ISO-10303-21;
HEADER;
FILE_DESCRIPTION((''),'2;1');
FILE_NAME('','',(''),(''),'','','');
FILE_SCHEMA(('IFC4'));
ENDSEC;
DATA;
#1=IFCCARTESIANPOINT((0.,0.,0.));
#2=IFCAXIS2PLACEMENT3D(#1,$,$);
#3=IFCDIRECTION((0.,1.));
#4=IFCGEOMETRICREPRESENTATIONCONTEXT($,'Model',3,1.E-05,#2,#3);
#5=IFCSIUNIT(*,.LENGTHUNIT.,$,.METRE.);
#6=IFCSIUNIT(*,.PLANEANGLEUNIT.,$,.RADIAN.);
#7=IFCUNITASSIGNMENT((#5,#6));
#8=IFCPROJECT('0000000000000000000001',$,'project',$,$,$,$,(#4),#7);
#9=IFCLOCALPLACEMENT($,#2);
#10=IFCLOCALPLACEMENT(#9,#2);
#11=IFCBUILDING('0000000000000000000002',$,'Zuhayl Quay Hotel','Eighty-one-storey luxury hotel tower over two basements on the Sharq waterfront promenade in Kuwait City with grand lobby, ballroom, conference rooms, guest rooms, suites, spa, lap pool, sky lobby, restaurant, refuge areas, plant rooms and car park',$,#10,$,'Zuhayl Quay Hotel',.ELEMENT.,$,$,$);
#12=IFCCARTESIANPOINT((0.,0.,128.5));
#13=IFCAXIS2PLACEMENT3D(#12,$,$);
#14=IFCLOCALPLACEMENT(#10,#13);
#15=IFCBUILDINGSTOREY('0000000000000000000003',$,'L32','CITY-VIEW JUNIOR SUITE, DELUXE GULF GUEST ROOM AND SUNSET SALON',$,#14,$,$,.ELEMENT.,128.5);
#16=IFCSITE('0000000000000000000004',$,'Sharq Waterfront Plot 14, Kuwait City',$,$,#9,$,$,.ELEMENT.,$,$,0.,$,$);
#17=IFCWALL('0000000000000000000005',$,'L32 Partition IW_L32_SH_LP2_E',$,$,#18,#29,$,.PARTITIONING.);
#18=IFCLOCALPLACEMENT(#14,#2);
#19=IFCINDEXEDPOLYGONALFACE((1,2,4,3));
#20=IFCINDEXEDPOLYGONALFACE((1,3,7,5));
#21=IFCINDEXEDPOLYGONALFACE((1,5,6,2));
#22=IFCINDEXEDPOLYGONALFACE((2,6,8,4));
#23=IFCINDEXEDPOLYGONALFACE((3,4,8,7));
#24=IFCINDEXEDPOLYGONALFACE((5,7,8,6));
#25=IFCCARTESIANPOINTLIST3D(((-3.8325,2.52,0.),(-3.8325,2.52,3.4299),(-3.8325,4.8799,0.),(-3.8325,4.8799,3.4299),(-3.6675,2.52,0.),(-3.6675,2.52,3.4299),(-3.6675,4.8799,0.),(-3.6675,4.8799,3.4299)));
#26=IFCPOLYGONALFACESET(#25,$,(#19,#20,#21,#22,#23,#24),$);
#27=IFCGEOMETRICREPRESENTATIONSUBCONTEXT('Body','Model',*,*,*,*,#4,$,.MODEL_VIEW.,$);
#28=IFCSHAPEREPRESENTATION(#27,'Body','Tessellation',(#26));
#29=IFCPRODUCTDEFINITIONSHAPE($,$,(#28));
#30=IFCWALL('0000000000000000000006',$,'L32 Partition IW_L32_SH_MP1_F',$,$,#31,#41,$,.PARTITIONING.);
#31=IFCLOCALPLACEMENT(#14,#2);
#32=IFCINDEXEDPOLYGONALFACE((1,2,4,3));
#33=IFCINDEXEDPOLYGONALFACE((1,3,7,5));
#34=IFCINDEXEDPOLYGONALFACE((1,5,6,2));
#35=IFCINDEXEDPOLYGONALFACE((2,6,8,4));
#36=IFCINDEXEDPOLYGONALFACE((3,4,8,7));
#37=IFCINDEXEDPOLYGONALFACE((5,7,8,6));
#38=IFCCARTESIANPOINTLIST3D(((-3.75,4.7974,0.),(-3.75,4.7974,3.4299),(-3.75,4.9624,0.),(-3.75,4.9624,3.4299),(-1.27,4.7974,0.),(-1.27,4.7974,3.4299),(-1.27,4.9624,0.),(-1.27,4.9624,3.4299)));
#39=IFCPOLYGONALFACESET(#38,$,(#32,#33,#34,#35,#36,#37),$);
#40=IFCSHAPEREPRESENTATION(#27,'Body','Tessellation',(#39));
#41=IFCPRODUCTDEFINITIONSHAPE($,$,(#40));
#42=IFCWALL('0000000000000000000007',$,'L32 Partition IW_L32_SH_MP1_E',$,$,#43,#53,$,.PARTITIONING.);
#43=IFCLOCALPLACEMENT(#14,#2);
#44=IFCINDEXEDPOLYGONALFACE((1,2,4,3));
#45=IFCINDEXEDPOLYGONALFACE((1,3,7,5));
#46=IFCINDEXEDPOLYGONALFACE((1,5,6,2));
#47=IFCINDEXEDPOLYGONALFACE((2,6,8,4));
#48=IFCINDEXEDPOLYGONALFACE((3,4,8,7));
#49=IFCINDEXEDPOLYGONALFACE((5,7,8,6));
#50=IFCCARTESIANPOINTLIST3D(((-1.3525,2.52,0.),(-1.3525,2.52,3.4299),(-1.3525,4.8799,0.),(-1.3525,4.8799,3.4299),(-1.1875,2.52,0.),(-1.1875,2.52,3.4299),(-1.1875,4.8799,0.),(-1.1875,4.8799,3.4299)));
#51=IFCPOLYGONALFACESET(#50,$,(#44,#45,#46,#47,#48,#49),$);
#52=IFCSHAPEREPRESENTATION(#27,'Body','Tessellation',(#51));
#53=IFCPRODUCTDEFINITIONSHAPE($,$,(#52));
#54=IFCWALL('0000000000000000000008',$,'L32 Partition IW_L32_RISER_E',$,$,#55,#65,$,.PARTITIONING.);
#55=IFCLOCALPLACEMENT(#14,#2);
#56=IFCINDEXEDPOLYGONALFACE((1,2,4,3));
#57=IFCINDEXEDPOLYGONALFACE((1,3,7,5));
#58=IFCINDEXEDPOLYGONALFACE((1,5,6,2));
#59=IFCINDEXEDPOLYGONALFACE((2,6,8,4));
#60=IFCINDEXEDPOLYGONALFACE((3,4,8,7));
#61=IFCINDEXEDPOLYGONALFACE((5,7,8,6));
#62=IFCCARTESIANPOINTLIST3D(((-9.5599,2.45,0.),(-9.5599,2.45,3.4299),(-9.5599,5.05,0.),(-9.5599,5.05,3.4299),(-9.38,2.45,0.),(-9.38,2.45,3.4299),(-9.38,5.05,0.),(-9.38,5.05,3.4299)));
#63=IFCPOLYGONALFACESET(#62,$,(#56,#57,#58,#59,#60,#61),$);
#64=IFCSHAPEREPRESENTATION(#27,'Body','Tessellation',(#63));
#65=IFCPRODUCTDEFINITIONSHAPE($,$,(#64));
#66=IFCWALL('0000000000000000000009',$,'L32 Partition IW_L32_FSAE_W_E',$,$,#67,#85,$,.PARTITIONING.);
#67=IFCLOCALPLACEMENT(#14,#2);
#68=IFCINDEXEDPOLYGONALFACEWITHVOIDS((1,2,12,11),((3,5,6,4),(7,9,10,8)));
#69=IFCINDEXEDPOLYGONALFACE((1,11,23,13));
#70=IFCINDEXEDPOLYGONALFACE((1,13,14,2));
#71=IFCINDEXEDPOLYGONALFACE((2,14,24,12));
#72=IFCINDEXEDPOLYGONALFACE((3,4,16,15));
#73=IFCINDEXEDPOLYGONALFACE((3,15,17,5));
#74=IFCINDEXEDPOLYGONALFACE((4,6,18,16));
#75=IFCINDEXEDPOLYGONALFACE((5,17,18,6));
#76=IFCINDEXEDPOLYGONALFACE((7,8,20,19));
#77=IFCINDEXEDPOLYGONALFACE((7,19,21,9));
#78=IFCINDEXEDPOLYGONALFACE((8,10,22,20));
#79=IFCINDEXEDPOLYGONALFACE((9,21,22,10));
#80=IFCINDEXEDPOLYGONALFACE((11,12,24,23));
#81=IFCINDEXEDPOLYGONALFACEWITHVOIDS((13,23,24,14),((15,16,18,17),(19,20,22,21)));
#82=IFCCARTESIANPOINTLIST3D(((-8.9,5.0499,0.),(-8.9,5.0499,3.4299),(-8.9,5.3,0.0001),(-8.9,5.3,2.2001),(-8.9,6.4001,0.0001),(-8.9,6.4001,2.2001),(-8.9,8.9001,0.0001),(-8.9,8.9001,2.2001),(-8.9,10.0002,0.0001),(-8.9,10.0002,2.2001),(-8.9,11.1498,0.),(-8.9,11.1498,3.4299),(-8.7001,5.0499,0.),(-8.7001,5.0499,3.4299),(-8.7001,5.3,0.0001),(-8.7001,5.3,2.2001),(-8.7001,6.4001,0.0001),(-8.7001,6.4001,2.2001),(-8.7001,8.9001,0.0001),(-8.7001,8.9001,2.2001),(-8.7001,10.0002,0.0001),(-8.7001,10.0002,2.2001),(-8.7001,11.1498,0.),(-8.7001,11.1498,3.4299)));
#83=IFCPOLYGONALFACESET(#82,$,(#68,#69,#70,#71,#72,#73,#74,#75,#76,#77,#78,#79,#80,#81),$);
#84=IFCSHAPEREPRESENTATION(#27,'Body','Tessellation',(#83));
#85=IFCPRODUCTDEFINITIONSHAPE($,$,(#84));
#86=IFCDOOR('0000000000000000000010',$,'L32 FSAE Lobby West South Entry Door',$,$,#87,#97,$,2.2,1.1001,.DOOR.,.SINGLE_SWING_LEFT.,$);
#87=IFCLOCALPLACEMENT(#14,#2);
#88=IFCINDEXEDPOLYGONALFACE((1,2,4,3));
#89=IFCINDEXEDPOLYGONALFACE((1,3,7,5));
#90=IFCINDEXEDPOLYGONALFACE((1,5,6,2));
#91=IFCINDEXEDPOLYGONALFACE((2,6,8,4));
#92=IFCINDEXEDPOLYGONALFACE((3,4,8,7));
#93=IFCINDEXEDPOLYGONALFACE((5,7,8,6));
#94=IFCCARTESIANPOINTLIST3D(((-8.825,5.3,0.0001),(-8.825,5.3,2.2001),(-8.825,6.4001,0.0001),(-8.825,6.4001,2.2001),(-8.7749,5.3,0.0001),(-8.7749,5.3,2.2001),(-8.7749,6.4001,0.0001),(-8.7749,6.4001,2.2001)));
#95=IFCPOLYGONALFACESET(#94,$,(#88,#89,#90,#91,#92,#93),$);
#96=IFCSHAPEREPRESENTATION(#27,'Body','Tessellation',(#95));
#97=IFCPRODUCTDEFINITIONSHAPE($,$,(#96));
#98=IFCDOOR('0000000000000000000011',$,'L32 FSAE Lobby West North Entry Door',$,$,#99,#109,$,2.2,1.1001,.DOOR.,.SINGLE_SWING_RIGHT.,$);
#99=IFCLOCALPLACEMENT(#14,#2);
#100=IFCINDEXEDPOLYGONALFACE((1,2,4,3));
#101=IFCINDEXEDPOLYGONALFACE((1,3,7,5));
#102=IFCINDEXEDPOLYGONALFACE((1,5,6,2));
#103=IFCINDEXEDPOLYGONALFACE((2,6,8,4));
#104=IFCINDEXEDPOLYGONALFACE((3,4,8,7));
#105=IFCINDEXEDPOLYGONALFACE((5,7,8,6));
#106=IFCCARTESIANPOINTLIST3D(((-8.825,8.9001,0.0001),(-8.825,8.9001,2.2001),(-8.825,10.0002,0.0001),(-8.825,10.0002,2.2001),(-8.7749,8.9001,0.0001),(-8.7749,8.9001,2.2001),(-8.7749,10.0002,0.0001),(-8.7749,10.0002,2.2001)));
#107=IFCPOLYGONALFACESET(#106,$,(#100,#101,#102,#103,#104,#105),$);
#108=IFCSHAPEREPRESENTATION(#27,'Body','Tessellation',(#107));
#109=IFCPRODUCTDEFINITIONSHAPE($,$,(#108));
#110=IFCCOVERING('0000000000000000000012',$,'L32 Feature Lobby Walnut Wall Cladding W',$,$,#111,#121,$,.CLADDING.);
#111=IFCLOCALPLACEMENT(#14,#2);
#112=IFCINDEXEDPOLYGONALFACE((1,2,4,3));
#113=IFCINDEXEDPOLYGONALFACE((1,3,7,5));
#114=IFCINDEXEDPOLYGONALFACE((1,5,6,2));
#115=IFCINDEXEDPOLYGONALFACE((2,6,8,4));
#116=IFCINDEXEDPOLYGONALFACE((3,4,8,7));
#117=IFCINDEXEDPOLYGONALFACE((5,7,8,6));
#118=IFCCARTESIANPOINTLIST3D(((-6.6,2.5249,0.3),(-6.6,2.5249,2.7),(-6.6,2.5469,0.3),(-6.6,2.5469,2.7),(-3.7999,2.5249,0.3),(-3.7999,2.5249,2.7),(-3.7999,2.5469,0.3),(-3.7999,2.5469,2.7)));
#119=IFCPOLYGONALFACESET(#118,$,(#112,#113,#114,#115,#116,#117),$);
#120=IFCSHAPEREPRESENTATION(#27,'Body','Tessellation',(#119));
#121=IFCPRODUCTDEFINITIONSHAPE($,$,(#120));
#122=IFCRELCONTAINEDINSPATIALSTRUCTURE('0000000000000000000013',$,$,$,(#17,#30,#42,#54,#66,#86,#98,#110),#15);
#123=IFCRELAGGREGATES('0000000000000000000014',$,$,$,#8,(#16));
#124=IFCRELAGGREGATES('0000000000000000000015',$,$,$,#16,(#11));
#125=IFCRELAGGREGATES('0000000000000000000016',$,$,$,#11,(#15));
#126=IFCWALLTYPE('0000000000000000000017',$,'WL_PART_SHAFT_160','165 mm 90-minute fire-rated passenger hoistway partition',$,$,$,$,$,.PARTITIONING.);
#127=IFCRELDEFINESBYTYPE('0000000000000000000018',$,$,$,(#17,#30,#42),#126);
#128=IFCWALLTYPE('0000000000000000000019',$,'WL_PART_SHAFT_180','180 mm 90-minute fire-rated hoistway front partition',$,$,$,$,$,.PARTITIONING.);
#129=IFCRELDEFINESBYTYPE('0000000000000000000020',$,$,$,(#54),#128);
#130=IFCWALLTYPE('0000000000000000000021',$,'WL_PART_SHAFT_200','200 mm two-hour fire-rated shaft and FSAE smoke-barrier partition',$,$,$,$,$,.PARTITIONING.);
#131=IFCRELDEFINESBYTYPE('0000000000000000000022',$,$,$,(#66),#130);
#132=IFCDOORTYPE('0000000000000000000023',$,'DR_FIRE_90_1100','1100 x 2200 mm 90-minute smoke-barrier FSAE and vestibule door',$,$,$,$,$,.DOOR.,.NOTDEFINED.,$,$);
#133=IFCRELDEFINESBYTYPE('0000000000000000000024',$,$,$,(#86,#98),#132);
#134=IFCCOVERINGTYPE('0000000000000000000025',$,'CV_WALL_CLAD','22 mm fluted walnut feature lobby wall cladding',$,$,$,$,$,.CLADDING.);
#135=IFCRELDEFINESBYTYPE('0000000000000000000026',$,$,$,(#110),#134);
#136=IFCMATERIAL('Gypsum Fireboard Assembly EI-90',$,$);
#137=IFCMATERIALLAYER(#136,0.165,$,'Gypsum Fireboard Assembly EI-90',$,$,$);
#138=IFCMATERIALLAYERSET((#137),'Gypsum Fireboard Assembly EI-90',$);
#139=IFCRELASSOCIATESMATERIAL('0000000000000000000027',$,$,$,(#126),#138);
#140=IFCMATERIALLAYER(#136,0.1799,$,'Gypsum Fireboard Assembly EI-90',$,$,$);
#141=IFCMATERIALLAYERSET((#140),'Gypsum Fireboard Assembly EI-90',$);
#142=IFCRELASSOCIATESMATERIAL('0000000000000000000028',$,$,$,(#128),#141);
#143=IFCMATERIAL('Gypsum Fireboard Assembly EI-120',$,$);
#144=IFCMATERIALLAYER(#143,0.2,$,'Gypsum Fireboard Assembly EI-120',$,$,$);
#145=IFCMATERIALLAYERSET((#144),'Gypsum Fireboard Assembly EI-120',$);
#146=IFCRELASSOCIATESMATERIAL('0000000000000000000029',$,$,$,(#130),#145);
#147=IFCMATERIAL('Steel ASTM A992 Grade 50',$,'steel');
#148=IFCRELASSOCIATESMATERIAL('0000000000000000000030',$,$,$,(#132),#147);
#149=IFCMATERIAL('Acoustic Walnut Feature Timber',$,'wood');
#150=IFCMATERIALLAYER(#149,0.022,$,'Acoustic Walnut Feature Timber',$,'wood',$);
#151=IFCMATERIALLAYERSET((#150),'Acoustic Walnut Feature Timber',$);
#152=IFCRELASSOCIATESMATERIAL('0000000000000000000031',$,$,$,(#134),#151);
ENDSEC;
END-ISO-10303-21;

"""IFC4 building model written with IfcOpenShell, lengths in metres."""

from ifc_helpers import new_model, si_unit, direction, frame, frame_2d, origin, origin_2d, place, context, subcontext, project, spatial, rectangle, extrude, material, layer, layer_set, type_object, element, fill, save


model = new_model("IFC4")

# Units and contexts
model_context = context("Model", 3, precision=1e-05, world=origin(), true_north=direction((0.0, 1.0)))
body_context = subcontext(model_context, "Body", "Model", "MODEL_VIEW")
ifc_project = project(units=[si_unit("LENGTHUNIT", "METRE"), si_unit("PLANEANGLEUNIT", "RADIAN")], contexts=[model_context])

# Site, building, storey
site_placement = place(None, origin())
site = spatial("IfcSite", under=ifc_project, at=site_placement, Name="Sharq Waterfront Plot 14, Kuwait City", CompositionType="ELEMENT", RefElevation=0.0)
building_placement = place(site_placement, origin())
building = spatial("IfcBuilding", under=site, at=building_placement, Name="Zuhayl Quay Hotel", Description="Eighty-one-storey luxury hotel tower over two basements on the Sharq waterfront promenade in Kuwait City with grand lobby, ballroom, conference rooms, guest rooms, suites, spa, lap pool, sky lobby, restaurant, refuge areas, plant rooms and car park", LongName="Zuhayl Quay Hotel", CompositionType="ELEMENT")
storey_placement = place(building_placement, frame((0.0, 0.0, 128.5)))
storey = spatial("IfcBuildingStorey", under=building, at=storey_placement, Name="L32", Description="CITY-VIEW JUNIOR SUITE, DELUXE GULF GUEST ROOM AND SUNSET SALON", CompositionType="ELEMENT", Elevation=128.5)

# Shared definitions
ifc_material_1 = material(Name="Steel ASTM A992 Grade 50", Category="steel")

# Shared definitions
ifc_material_2 = material(Name="Gypsum Fireboard Assembly EI-90")
ifc_layer_1 = layer(ifc_material_2, 0.165, Name="Gypsum Fireboard Assembly EI-90")
ifc_layer_set_1 = layer_set([ifc_layer_1], Name="Gypsum Fireboard Assembly EI-90")
wall_type_1 = type_object("IfcWallType", Name="WL_PART_SHAFT_160", Description="165 mm 90-minute fire-rated passenger hoistway partition", PredefinedType="PARTITIONING", material=ifc_layer_set_1)

# Walls
for number, where, z_axis, x_axis, name in (
    (1, (-3.75, 2.52, 0.0), (0.0, 0.0, 1.0), (0.0, 1.0, 0.0), "L32 Partition IW_L32_SH_LP2_E"),
):
    element("IfcWall", number, at=place(storey_placement, frame(where, z_axis=z_axis, x_axis=x_axis)), inside=storey, type_object=wall_type_1, Name=name, PredefinedType="PARTITIONING", context=body_context, shape_type="SweptSolid", body=[
        extrude(rectangle(XDim=2.3599, YDim=0.165, at=frame_2d((1.1799, 0.0))), origin(), (0.0, 0.0, 1.0), 3.4299),
    ])
wall_1_placement = place(storey_placement, frame((-3.75, 4.8799, 0.0), z_axis=(0.0, 0.0, 1.0), x_axis=(1.0, 0.0, 0.0)))
element("IfcWall", 2, at=wall_1_placement, inside=storey, type_object=wall_type_1, Name="L32 Partition IW_L32_SH_MP1_F", PredefinedType="PARTITIONING", context=body_context, shape_type="SweptSolid", body=[
    extrude(rectangle(XDim=2.48, YDim=0.165, at=frame_2d((1.24, 0.0))), origin(), (0.0, 0.0, 1.0), 3.4299),
])
wall_2_placement = place(storey_placement, frame((-1.27, 2.52, 0.0), z_axis=(0.0, 0.0, 1.0), x_axis=(0.0, 1.0, 0.0)))
element("IfcWall", 3, at=wall_2_placement, inside=storey, type_object=wall_type_1, Name="L32 Partition IW_L32_SH_MP1_E", PredefinedType="PARTITIONING", context=body_context, shape_type="SweptSolid", body=[
    extrude(rectangle(XDim=2.3599, YDim=0.165, at=frame_2d((1.1799, 0.0))), origin(), (0.0, 0.0, 1.0), 3.4299),
])
ifc_layer_2 = layer(ifc_material_2, 0.1799, Name="Gypsum Fireboard Assembly EI-90")
ifc_layer_set_2 = layer_set([ifc_layer_2], Name="Gypsum Fireboard Assembly EI-90")
wall_type_2 = type_object("IfcWallType", Name="WL_PART_SHAFT_180", Description="180 mm 90-minute fire-rated hoistway front partition", PredefinedType="PARTITIONING", material=ifc_layer_set_2)
wall_3_placement = place(storey_placement, frame((-9.47, 2.45, 0.0), z_axis=(0.0, 0.0, 1.0), x_axis=(0.0, 1.0, 0.0)))
element("IfcWall", 4, at=wall_3_placement, inside=storey, type_object=wall_type_2, Name="L32 Partition IW_L32_RISER_E", PredefinedType="PARTITIONING", context=body_context, shape_type="SweptSolid", body=[
    extrude(rectangle(XDim=2.6001, YDim=0.1799, at=frame_2d((1.3, 0.0))), origin(), (0.0, 0.0, 1.0), 3.4299),
])

# Wall, openings, doors
ifc_material_3 = material(Name="Gypsum Fireboard Assembly EI-120")
ifc_layer_3 = layer(ifc_material_3, 0.2, Name="Gypsum Fireboard Assembly EI-120")
ifc_layer_set_3 = layer_set([ifc_layer_3], Name="Gypsum Fireboard Assembly EI-120")
wall_type_3 = type_object("IfcWallType", Name="WL_PART_SHAFT_200", Description="200 mm two-hour fire-rated shaft and FSAE smoke-barrier partition", PredefinedType="PARTITIONING", material=ifc_layer_set_3)
wall_4_placement = place(storey_placement, frame((-8.8, 5.05, 0.0), z_axis=(0.0, 0.0, 1.0), x_axis=(0.0, 1.0, 0.0)))
wall_4 = element("IfcWall", 5, at=wall_4_placement, inside=storey, type_object=wall_type_3, Name="L32 Partition IW_L32_FSAE_W_E", PredefinedType="PARTITIONING", context=body_context, shape_type="SweptSolid", body=[
    extrude(rectangle(XDim=6.0999, YDim=0.2, at=frame_2d((3.0498, 0.0))), origin(), (0.0, 0.0, 1.0), 3.4299),
])
opening_1_placement = place(wall_4_placement, frame((0.25, 0.0, 0.0)))
opening_1 = element("IfcOpeningElement", 6, at=opening_1_placement, cuts=wall_4, PredefinedType="OPENING", context=body_context, shape_type="SweptSolid", body=[
    extrude(rectangle(XDim=1.1001, YDim=2.2, at=frame_2d((0.55, 1.1001))), frame((0.0, 0.1099, 0.0), z_axis=(0.0, -1.0, 0.0), x_axis=(1.0, 0.0, 0.0)), (0.0, 0.0, 1.0), 0.22),
])
opening_2_placement = place(wall_4_placement, frame((3.8501, 0.0, 0.0)))
opening_2 = element("IfcOpeningElement", 7, at=opening_2_placement, cuts=wall_4, PredefinedType="OPENING", context=body_context, shape_type="SweptSolid", body=[
    extrude(rectangle(XDim=1.1001, YDim=2.2, at=frame_2d((0.55, 1.1001))), frame((0.0, 0.1099, 0.0), z_axis=(0.0, -1.0, 0.0), x_axis=(1.0, 0.0, 0.0)), (0.0, 0.0, 1.0), 0.22),
])
door_type_1 = type_object("IfcDoorType", Name="DR_FIRE_90_1100", Description="1100 x 2200 mm 90-minute smoke-barrier FSAE and vestibule door", OperationType="NOTDEFINED", PredefinedType="DOOR", material=ifc_material_1)
door_1_placement = place(opening_1_placement, origin())
door_1 = element("IfcDoor", 8, at=door_1_placement, inside=storey, type_object=door_type_1, Name="L32 FSAE Lobby West South Entry Door", OperationType="SINGLE_SWING_LEFT", OverallHeight=2.2, OverallWidth=1.1001, PredefinedType="DOOR", context=body_context, shape_type="SweptSolid", body=[
    extrude(rectangle(XDim=1.1001, YDim=2.2, at=frame_2d((0.55, 1.1001))), frame((0.0, 0.0249, 0.0), z_axis=(0.0, -1.0, 0.0), x_axis=(1.0, 0.0, 0.0)), (0.0, 0.0, 1.0), 0.05),
])
fill(opening_1, door_1)
door_2_placement = place(opening_2_placement, origin())
door_2 = element("IfcDoor", 9, at=door_2_placement, inside=storey, type_object=door_type_1, Name="L32 FSAE Lobby West North Entry Door", OperationType="SINGLE_SWING_RIGHT", OverallHeight=2.2, OverallWidth=1.1001, PredefinedType="DOOR", context=body_context, shape_type="SweptSolid", body=[
    extrude(rectangle(XDim=1.1001, YDim=2.2, at=frame_2d((0.55, 1.1001))), frame((0.0, 0.0249, 0.0), z_axis=(0.0, -1.0, 0.0), x_axis=(1.0, 0.0, 0.0)), (0.0, 0.0, 1.0), 0.05),
])
fill(opening_2, door_2)

# Covering
ifc_material_4 = material(Name="Acoustic Walnut Feature Timber", Category="wood")
ifc_layer_4 = layer(ifc_material_4, 0.022, Name="Acoustic Walnut Feature Timber", Category="wood")
ifc_layer_set_4 = layer_set([ifc_layer_4], Name="Acoustic Walnut Feature Timber")
covering_type = type_object("IfcCoveringType", Name="CV_WALL_CLAD", Description="22 mm fluted walnut feature lobby wall cladding", PredefinedType="CLADDING", material=ifc_layer_set_4)
covering_placement = place(storey_placement, frame((-5.2, 2.5359, 0.3), z_axis=(0.0, 0.0, 1.0), x_axis=(1.0, 0.0, 0.0)))
element("IfcCovering", 10, at=covering_placement, inside=storey, type_object=covering_type, Name="L32 Feature Lobby Walnut Wall Cladding W", PredefinedType="CLADDING", context=body_context, shape_type="SweptSolid", body=[
    extrude(rectangle(XDim=2.8, YDim=0.022, at=origin_2d()), origin(), (0.0, 0.0, 1.0), 2.3999),
])

save(model, "model.ifc")
